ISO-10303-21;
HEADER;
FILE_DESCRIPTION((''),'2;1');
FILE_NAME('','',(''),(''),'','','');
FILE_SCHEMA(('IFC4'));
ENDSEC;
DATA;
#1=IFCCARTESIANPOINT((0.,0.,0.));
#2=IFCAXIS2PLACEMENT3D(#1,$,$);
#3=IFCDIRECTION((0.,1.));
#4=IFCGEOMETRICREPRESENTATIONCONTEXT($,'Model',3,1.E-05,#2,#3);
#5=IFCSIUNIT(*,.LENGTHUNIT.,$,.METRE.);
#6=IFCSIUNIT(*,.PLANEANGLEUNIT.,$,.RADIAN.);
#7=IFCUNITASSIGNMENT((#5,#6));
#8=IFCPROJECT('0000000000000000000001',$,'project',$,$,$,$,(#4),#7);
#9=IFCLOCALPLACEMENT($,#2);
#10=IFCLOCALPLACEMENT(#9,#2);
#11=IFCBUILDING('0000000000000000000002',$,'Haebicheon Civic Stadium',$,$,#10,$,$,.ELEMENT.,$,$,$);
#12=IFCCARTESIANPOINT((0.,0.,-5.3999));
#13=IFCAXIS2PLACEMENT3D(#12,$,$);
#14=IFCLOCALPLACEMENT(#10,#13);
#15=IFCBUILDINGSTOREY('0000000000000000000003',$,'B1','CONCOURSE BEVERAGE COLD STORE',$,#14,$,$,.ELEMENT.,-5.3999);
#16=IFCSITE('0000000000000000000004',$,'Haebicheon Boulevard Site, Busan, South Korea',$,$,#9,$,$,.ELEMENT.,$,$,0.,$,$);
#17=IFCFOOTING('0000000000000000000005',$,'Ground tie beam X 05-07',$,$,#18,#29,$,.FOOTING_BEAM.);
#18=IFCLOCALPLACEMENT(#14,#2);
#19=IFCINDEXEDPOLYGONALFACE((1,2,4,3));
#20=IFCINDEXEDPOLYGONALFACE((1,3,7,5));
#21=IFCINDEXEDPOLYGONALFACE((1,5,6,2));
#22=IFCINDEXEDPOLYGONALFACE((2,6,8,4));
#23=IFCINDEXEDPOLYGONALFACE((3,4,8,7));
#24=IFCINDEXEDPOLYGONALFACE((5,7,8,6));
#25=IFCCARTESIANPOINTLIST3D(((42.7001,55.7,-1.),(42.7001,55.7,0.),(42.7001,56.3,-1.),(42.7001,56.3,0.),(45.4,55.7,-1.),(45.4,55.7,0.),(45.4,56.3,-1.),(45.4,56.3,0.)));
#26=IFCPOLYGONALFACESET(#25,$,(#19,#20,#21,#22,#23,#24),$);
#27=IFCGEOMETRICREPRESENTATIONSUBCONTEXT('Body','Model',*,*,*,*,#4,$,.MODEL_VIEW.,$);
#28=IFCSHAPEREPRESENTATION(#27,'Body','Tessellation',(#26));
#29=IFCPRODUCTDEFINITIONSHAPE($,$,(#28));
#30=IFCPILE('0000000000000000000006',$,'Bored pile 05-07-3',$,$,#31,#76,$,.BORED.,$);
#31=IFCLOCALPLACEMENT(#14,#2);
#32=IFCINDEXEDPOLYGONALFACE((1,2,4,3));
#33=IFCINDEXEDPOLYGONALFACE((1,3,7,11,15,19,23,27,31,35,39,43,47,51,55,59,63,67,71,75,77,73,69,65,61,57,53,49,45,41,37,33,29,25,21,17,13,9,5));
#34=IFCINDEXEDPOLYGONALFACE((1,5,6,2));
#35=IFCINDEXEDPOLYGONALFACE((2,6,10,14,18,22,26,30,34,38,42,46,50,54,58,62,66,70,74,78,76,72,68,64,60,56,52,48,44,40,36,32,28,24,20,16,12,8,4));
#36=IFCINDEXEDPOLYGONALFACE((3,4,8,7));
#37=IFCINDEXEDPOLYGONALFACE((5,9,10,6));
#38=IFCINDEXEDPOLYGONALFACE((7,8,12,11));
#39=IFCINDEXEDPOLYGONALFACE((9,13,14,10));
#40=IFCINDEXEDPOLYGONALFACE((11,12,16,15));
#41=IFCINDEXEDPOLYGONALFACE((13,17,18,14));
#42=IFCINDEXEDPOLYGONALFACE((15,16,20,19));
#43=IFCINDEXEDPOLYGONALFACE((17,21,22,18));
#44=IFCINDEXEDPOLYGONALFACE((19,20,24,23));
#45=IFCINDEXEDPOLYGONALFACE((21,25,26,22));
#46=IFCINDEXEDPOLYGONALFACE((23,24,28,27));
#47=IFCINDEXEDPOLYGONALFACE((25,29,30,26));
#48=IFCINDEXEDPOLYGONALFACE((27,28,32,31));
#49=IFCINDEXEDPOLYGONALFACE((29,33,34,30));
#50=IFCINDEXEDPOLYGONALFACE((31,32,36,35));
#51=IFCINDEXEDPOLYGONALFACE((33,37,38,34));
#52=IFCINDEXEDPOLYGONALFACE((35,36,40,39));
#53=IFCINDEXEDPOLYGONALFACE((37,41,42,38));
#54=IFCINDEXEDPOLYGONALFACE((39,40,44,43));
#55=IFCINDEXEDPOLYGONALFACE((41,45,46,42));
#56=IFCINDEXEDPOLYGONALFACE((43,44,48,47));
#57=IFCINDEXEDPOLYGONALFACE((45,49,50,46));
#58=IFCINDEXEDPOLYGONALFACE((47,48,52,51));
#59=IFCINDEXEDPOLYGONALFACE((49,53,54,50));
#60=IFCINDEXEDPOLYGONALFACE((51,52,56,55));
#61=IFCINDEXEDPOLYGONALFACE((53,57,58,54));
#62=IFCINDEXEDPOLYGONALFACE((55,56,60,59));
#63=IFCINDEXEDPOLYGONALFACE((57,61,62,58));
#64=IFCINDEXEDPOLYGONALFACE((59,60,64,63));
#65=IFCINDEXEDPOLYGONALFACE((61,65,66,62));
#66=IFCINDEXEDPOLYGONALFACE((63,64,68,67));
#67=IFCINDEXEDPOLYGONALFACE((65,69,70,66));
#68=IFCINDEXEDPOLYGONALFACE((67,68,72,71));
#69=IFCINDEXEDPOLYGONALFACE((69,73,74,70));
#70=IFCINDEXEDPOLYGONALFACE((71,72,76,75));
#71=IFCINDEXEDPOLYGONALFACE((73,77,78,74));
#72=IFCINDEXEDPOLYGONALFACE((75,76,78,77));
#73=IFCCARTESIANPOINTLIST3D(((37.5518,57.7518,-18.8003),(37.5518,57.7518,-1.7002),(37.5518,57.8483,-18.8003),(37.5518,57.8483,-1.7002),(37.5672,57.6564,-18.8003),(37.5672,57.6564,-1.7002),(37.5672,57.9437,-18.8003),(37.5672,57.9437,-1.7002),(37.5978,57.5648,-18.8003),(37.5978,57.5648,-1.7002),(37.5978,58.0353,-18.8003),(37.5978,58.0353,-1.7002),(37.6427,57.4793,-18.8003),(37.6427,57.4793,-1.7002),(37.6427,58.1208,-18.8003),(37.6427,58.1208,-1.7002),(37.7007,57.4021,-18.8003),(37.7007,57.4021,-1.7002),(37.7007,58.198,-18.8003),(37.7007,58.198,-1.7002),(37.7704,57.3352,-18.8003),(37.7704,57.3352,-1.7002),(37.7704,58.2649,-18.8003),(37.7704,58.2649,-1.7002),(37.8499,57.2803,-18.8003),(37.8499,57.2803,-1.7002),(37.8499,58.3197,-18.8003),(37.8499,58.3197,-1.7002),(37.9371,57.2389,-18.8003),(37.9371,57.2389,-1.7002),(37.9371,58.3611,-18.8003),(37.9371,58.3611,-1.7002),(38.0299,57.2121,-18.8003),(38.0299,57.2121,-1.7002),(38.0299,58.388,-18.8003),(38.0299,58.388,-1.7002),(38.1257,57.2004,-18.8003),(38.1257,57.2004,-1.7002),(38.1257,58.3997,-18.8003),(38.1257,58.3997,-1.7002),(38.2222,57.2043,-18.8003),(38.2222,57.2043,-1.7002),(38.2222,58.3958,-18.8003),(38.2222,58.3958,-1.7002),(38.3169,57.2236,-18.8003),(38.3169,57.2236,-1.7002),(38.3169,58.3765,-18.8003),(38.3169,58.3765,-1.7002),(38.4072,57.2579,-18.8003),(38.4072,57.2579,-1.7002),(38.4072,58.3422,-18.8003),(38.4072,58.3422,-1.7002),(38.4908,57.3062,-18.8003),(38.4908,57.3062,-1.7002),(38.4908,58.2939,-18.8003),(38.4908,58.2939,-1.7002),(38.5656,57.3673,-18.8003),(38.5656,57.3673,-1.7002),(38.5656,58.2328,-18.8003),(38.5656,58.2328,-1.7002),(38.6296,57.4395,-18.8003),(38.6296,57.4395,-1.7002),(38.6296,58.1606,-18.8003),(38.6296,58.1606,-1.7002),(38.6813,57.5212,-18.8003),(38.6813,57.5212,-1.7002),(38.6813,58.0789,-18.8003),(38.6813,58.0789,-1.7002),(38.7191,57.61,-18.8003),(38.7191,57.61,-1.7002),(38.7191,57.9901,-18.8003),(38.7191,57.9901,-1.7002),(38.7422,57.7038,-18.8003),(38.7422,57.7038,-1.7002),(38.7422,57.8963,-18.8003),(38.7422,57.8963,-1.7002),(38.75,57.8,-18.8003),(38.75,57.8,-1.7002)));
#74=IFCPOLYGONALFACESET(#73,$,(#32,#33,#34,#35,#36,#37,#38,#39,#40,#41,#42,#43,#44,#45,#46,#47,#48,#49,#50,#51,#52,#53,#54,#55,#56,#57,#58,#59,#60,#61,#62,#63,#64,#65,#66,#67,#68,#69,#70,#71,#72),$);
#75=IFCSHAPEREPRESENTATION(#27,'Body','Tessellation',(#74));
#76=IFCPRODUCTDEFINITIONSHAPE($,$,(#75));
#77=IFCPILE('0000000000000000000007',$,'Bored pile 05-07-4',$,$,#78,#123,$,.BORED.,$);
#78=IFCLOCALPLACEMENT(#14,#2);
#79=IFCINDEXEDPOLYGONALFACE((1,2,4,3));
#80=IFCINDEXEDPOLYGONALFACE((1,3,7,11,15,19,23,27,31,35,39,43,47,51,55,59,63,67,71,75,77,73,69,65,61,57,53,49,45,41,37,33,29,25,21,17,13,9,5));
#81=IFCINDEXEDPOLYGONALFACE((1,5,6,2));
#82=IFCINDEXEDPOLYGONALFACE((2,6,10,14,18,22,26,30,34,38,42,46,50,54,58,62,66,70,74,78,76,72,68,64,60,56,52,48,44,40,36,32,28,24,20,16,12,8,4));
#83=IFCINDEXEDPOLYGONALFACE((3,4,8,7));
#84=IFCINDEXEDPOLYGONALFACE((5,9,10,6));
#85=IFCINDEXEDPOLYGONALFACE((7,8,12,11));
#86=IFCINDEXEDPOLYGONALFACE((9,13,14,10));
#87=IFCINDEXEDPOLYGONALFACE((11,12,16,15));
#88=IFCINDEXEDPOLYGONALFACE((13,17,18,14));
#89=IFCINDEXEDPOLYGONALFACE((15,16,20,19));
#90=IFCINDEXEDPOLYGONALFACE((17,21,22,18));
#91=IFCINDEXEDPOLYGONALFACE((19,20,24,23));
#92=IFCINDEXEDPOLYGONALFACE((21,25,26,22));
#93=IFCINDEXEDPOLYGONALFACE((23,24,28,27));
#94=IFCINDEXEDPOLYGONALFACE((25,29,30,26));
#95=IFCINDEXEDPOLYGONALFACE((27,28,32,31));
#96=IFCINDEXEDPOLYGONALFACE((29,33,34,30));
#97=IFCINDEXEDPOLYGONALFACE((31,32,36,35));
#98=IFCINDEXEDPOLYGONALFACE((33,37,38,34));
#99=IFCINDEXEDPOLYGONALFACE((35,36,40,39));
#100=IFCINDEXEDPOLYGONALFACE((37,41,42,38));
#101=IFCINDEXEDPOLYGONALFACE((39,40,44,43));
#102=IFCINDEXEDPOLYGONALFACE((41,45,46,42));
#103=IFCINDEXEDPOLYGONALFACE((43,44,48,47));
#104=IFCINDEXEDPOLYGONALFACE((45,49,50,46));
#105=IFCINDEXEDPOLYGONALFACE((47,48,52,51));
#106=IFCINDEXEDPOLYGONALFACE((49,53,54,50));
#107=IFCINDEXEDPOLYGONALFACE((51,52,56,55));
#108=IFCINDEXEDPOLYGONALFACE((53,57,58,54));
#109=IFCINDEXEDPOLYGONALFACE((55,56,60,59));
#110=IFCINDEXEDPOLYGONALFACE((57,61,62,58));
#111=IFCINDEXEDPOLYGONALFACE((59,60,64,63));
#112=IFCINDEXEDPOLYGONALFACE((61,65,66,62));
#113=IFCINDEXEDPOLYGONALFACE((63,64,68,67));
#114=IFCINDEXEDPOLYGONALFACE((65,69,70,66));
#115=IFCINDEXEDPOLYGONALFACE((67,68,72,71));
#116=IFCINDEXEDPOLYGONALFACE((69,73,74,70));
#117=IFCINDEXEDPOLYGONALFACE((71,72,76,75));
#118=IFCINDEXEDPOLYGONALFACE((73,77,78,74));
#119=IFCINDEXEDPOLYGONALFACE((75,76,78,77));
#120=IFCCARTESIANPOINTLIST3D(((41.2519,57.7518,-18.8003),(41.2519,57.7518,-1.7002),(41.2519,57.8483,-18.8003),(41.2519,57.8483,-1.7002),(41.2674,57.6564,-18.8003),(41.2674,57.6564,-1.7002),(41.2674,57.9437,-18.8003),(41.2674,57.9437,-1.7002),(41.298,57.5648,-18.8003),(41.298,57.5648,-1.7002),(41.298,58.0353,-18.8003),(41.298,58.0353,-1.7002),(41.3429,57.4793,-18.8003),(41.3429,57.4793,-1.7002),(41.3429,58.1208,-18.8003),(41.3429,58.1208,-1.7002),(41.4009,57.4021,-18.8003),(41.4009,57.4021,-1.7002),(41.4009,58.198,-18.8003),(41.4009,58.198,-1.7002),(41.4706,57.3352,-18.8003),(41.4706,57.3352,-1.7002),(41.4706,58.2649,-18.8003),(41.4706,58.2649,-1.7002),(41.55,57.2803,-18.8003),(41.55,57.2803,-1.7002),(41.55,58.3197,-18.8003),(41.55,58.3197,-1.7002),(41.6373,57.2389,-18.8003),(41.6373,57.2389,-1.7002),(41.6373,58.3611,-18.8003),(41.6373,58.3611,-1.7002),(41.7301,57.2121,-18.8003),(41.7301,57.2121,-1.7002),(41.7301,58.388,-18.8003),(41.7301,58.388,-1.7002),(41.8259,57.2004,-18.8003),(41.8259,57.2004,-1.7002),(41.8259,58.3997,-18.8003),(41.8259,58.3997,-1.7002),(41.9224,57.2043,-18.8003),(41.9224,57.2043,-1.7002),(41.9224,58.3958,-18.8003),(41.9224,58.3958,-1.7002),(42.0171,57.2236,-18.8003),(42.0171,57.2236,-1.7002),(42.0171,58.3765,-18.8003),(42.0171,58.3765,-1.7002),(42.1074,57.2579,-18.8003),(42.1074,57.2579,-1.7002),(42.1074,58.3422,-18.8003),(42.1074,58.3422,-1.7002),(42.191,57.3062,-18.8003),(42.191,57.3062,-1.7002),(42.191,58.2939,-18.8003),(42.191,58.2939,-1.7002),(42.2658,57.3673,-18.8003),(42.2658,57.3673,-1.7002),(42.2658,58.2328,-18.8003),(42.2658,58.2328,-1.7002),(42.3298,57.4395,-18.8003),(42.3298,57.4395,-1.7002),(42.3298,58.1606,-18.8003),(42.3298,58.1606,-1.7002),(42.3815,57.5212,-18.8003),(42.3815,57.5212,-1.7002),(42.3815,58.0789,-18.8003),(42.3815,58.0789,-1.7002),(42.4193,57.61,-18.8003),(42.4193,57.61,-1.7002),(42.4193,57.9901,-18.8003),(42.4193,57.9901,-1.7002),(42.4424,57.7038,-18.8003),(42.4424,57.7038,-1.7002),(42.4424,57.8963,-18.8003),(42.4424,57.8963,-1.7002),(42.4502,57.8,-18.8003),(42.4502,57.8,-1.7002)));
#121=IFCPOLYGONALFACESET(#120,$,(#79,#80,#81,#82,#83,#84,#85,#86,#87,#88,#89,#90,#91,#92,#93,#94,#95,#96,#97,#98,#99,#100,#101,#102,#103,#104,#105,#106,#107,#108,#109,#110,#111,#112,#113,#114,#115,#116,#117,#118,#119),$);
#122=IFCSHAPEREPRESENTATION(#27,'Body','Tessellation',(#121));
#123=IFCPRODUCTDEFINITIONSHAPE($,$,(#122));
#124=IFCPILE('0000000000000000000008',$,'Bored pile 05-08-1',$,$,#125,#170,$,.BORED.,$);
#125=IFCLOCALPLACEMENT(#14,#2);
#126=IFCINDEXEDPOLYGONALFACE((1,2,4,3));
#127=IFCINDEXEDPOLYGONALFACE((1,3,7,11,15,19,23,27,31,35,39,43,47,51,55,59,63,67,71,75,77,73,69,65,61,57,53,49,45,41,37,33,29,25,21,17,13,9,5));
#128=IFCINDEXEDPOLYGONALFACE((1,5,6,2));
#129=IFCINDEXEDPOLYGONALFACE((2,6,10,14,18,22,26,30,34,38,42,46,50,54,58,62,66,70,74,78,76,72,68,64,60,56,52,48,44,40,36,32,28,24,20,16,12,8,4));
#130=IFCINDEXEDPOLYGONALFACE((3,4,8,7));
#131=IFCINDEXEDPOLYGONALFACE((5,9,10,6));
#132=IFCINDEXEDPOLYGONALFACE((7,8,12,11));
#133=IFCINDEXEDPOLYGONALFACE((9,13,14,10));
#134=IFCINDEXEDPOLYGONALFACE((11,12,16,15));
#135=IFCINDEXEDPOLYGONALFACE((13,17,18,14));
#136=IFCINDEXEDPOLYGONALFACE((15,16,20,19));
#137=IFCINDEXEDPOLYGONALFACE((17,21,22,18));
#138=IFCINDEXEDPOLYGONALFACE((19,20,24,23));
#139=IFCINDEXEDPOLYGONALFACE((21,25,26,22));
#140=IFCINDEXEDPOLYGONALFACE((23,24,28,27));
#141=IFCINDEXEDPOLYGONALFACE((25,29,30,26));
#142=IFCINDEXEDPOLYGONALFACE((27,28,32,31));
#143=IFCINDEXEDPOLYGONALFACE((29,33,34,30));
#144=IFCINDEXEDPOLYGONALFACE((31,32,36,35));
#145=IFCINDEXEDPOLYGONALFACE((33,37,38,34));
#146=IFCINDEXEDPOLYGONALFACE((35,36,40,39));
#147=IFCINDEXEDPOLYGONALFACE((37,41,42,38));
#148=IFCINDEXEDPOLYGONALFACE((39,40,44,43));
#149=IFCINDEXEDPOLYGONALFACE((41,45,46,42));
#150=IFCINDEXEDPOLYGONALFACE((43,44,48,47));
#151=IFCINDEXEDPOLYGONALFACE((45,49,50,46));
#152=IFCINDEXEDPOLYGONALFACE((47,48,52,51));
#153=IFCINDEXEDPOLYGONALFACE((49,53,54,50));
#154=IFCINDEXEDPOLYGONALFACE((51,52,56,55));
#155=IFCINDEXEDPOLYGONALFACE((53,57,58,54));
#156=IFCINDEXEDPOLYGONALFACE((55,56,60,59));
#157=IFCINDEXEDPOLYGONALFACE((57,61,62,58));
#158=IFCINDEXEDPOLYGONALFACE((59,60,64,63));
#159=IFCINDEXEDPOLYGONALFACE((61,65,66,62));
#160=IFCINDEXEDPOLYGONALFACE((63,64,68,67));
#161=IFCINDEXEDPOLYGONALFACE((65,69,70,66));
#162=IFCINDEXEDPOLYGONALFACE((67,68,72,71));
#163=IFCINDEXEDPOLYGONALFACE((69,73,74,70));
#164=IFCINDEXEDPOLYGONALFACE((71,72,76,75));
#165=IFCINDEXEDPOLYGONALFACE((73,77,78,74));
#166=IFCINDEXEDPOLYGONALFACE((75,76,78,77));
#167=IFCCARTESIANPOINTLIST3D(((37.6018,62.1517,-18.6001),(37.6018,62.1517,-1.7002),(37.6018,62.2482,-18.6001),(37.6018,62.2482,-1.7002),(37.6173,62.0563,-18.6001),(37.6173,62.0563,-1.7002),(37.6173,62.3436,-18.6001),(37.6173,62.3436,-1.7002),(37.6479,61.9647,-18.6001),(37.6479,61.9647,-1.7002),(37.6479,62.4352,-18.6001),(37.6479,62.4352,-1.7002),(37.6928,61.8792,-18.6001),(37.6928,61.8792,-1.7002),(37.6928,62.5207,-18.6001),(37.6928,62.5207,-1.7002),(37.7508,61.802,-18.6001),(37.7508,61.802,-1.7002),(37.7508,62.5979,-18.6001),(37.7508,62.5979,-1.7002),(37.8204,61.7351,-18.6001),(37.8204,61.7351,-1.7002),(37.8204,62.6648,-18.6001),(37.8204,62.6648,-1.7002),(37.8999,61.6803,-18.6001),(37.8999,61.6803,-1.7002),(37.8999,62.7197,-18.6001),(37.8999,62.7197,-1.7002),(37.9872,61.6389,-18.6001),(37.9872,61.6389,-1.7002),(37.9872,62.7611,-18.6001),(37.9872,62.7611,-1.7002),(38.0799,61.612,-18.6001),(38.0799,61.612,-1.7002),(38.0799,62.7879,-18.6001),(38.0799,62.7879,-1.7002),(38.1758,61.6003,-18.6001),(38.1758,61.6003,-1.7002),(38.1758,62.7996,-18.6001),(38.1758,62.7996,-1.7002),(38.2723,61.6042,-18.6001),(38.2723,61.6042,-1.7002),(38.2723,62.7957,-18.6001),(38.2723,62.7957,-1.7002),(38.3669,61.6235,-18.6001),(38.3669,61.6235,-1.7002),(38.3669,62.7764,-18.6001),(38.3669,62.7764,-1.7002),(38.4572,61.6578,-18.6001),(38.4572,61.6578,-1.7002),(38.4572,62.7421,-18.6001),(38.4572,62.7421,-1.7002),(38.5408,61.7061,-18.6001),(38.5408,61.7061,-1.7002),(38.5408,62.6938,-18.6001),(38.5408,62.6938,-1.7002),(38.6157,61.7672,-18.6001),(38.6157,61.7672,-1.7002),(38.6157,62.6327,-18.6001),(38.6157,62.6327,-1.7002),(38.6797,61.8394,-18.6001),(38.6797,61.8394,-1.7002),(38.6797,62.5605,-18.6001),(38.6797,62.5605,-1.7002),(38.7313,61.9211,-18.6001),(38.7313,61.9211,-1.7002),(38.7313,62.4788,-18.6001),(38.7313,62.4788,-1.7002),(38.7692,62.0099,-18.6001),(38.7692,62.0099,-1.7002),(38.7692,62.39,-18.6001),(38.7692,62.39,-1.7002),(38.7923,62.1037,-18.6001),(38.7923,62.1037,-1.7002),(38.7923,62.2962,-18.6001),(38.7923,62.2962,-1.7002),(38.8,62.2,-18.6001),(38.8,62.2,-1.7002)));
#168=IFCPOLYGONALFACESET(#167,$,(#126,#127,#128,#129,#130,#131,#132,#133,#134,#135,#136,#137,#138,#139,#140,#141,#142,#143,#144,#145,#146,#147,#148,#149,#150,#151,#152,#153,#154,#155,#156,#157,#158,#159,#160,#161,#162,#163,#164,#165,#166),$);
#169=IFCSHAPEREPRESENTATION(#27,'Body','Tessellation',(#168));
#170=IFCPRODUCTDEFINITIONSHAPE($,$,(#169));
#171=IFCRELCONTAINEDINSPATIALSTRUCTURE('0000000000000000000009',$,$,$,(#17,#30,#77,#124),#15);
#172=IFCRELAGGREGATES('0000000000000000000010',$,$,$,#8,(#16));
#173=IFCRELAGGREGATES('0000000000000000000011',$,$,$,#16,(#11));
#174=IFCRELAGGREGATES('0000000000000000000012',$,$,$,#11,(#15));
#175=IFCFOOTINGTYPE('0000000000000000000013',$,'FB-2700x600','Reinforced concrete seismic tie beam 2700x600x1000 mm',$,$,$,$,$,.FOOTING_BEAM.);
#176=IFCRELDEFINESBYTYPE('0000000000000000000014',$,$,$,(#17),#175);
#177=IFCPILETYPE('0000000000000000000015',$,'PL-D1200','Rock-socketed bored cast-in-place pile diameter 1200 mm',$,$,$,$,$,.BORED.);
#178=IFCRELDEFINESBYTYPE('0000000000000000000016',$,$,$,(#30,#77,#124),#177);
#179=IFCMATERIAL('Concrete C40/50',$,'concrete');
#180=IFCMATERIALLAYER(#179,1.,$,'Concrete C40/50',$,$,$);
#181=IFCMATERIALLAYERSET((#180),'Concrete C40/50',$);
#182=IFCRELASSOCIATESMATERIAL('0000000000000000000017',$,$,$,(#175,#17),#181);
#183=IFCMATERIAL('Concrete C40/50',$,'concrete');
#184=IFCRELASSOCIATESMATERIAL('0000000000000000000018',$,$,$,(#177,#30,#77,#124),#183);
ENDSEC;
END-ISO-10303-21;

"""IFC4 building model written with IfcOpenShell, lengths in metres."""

from ifc_helpers import new_model, si_unit, direction, frame, origin, origin_2d, place, context, subcontext, project, spatial, rectangle, circle, extrude, material, layer, layer_set, material_profile, profile_set, type_object, element, save


model = new_model("IFC4")

# Units and contexts
model_context = context("Model", 3, precision=1e-05, world=origin(), true_north=direction((0.0, 1.0)))
body_context = subcontext(model_context, "Body", "Model", "MODEL_VIEW")
ifc_project = project(units=[si_unit("LENGTHUNIT", "METRE"), si_unit("PLANEANGLEUNIT", "RADIAN")], contexts=[model_context])

# Site, building, storey
site_placement = place(None, origin())
site = spatial("IfcSite", under=ifc_project, at=site_placement, Name="Haebicheon Boulevard Site, Busan, South Korea", CompositionType="ELEMENT", RefElevation=0.0)
building_placement = place(site_placement, origin())
building = spatial("IfcBuilding", under=site, at=building_placement, Name="Haebicheon Civic Stadium", CompositionType="ELEMENT")
storey_placement = place(building_placement, frame((0.0, 0.0, -5.3999)))
storey = spatial("IfcBuildingStorey", under=building, at=storey_placement, Name="B1", Description="CONCOURSE BEVERAGE COLD STORE", CompositionType="ELEMENT", Elevation=-5.3999)

# Footing
ifc_material_1 = material(Name="Concrete C40/50", Category="concrete")
ifc_layer_1 = layer(ifc_material_1, 1.0, Name="Concrete C40/50")
ifc_layer_set_1 = layer_set([ifc_layer_1], Name="Concrete C40/50")
footing_type = type_object("IfcFootingType", Name="FB-2700x600", Description="Reinforced concrete seismic tie beam 2700x600x1000 mm", PredefinedType="FOOTING_BEAM", material=ifc_layer_set_1)
footing_placement = place(storey_placement, frame((44.05, 56.0, -1.0), z_axis=(0.0, 0.0, 1.0), x_axis=(1.0, 0.0, 0.0)))
element("IfcFooting", 1, at=footing_placement, inside=storey, type_object=footing_type, material=ifc_layer_set_1, Name="Ground tie beam X 05-07", PredefinedType="FOOTING_BEAM", context=body_context, shape_type="SweptSolid", body=[
    extrude(rectangle(XDim=2.7, YDim=0.6001, at=origin_2d()), origin(), (0.0, 0.0, 1.0), 1.0),
])

# Piles
ifc_material_2 = material(Name="Concrete C40/50", Category="concrete")
ifc_material_profile_1 = material_profile(ifc_material_2, circle(Radius=0.6001, at=origin_2d()), Name="PILE-D1200")
ifc_profile_set_1 = profile_set([ifc_material_profile_1], Name="Concrete C40/50")
pile_type = type_object("IfcPileType", Name="PL-D1200", Description="Rock-socketed bored cast-in-place pile diameter 1200 mm", PredefinedType="BORED", material=ifc_profile_set_1)
for number, where, z_axis, x_axis, name in (
    (2, (38.1499, 57.8, -1.7002), (0.0, 0.0, -1.0), (1.0, 0.0, 0.0), "Bored pile 05-07-3"),
    (3, (41.8501, 57.8, -1.7002), (0.0, 0.0, -1.0), (1.0, 0.0, 0.0), "Bored pile 05-07-4"),
):
    element("IfcPile", number, at=place(storey_placement, frame(where, z_axis=z_axis, x_axis=x_axis)), inside=storey, type_object=pile_type, material=ifc_profile_set_1, Name=name, PredefinedType="BORED", context=body_context, shape_type="SweptSolid", body=[
        extrude(circle(Radius=0.6001, at=origin_2d()), origin(), (0.0, 0.0, 1.0), 17.1001),
    ])
for number, where, z_axis, x_axis, name in (
    (4, (38.2, 62.2, -1.7002), (0.0, 0.0, -1.0), (1.0, 0.0, 0.0), "Bored pile 05-08-1"),
):
    element("IfcPile", number, at=place(storey_placement, frame(where, z_axis=z_axis, x_axis=x_axis)), inside=storey, type_object=pile_type, material=ifc_profile_set_1, Name=name, PredefinedType="BORED", context=body_context, shape_type="SweptSolid", body=[
        extrude(circle(Radius=0.6001, at=origin_2d()), origin(), (0.0, 0.0, 1.0), 16.8999),
    ])

save(model, "model.ifc")
